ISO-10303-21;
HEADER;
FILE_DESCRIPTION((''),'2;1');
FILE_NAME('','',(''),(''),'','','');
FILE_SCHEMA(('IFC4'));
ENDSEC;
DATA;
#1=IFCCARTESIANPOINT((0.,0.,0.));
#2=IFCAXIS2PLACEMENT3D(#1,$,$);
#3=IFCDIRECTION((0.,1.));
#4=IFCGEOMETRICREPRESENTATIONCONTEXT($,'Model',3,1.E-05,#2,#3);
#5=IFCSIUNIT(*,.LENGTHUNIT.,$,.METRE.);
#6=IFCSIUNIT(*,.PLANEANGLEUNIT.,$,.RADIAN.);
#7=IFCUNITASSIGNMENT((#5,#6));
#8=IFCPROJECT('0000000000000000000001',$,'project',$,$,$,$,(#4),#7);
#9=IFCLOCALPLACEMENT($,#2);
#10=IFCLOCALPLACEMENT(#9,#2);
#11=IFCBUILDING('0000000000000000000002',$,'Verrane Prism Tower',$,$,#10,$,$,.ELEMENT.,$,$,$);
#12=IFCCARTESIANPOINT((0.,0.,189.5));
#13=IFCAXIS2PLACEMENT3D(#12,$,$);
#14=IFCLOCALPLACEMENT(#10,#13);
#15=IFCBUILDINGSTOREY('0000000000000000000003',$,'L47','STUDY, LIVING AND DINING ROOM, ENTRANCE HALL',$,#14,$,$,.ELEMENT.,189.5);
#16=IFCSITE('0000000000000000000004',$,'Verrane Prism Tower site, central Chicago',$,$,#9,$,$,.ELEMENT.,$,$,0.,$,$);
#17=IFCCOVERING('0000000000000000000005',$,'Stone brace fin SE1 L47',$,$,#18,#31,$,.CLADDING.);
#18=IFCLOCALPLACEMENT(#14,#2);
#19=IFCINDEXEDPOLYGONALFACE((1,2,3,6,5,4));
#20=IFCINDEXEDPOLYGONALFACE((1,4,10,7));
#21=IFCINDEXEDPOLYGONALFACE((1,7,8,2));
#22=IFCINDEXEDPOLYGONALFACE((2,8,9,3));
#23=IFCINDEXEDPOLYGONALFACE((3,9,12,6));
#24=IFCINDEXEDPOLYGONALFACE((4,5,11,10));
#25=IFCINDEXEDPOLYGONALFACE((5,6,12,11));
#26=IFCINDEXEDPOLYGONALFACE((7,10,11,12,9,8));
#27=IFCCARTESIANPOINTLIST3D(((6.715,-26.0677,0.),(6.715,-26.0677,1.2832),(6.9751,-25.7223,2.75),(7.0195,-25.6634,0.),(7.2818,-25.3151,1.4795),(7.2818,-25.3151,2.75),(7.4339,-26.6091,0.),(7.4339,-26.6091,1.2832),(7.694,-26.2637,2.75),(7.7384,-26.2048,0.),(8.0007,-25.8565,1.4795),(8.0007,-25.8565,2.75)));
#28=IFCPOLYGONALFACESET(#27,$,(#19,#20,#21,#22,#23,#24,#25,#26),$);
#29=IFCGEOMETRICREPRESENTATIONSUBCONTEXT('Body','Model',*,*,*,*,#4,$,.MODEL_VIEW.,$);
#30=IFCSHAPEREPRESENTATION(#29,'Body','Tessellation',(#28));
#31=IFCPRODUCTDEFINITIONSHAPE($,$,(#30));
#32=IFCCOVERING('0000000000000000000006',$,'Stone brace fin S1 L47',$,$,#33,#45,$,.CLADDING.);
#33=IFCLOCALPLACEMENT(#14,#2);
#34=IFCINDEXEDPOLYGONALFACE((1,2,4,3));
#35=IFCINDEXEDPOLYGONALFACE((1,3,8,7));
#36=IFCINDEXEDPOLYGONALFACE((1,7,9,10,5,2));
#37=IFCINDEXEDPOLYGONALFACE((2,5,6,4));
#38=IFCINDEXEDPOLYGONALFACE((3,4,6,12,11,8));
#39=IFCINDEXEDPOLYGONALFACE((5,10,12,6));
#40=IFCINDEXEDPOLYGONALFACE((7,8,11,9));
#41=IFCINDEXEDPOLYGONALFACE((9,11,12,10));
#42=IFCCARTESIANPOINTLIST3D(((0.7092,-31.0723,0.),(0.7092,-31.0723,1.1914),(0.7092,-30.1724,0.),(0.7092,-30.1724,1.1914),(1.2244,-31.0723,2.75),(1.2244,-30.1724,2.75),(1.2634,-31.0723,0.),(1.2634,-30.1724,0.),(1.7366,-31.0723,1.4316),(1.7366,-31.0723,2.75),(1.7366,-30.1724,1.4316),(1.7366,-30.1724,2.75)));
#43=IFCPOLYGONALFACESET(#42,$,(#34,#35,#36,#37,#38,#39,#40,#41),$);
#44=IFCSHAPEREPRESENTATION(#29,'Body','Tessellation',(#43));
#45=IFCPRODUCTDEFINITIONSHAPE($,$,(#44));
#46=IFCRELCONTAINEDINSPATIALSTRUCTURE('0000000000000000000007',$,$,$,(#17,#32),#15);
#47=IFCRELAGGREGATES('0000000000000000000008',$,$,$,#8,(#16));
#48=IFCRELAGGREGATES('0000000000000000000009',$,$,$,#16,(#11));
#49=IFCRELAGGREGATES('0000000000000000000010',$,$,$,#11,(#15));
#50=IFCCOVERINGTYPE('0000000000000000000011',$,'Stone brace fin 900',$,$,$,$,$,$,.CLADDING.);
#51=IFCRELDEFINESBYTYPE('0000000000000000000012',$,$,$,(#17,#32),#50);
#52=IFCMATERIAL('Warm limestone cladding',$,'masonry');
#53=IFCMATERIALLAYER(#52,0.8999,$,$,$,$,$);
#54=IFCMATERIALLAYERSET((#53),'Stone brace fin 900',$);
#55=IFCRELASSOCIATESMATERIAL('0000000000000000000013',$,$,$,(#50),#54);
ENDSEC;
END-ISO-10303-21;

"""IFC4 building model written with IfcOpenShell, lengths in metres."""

from ifc_helpers import new_model, si_unit, direction, frame, origin, place, context, subcontext, project, spatial, polyline, outline, extrude, material, layer, layer_set, type_object, element, save


model = new_model("IFC4")

# Units and contexts
model_context = context("Model", 3, precision=1e-05, world=origin(), true_north=direction((0.0, 1.0)))
body_context = subcontext(model_context, "Body", "Model", "MODEL_VIEW")
ifc_project = project(units=[si_unit("LENGTHUNIT", "METRE"), si_unit("PLANEANGLEUNIT", "RADIAN")], contexts=[model_context])

# Site, building, storey
site_placement = place(None, origin())
site = spatial("IfcSite", under=ifc_project, at=site_placement, Name="Verrane Prism Tower site, central Chicago", CompositionType="ELEMENT", RefElevation=0.0)
building_placement = place(site_placement, origin())
building = spatial("IfcBuilding", under=site, at=building_placement, Name="Verrane Prism Tower", CompositionType="ELEMENT")
storey_placement = place(building_placement, frame((0.0, 0.0, 189.5)))
storey = spatial("IfcBuildingStorey", under=building, at=storey_placement, Name="L47", Description="STUDY, LIVING AND DINING ROOM, ENTRANCE HALL", CompositionType="ELEMENT", Elevation=189.5)

# Coverings
ifc_material_1 = material(Name="Warm limestone cladding", Category="masonry")
ifc_layer_1 = layer(ifc_material_1, 0.8999)
ifc_layer_set_1 = layer_set([ifc_layer_1], Name="Stone brace fin 900")
covering_type = type_object("IfcCoveringType", Name="Stone brace fin 900", PredefinedType="CLADDING", material=ifc_layer_set_1)
covering_1_placement = place(storey_placement, frame((7.0745, -26.3384, 0.0), z_axis=(0.0, 0.0, 1.0), x_axis=(0.601575, 0.798817, 0.0)))
element("IfcCovering", 1, at=covering_1_placement, inside=storey, type_object=covering_type, Name="Stone brace fin SE1 L47", PredefinedType="CLADDING", context=body_context, shape_type="SweptSolid", body=[
    extrude(outline(polyline([(0.9421, 2.75), (0.4324, 2.75), (0.0, 1.2832), (0.0, 0.0), (0.5061, 0.0), (0.9421, 1.4795), (0.9421, 2.75)])), frame((0.0, 0.45, 0.0), z_axis=(0.0, -1.0, 0.0), x_axis=(1.0, 0.0, 0.0)), (0.0, 0.0, 1.0), 0.8999),
])
covering_2_placement = place(storey_placement, frame((0.7092, -30.6223, 0.0), z_axis=(0.0, 0.0, 1.0), x_axis=(1.0, 0.0, 0.0)))
element("IfcCovering", 2, at=covering_2_placement, inside=storey, type_object=covering_type, Name="Stone brace fin S1 L47", PredefinedType="CLADDING", context=body_context, shape_type="SweptSolid", body=[
    extrude(outline(polyline([(1.0273, 2.75), (0.5151, 2.75), (0.0, 1.1914), (0.0, 0.0), (0.5542, 0.0), (1.0273, 1.4316), (1.0273, 2.75)])), frame((0.0, 0.45, 0.0), z_axis=(0.0, -1.0, 0.0), x_axis=(1.0, 0.0, 0.0)), (0.0, 0.0, 1.0), 0.8999),
])

save(model, "model.ifc")
